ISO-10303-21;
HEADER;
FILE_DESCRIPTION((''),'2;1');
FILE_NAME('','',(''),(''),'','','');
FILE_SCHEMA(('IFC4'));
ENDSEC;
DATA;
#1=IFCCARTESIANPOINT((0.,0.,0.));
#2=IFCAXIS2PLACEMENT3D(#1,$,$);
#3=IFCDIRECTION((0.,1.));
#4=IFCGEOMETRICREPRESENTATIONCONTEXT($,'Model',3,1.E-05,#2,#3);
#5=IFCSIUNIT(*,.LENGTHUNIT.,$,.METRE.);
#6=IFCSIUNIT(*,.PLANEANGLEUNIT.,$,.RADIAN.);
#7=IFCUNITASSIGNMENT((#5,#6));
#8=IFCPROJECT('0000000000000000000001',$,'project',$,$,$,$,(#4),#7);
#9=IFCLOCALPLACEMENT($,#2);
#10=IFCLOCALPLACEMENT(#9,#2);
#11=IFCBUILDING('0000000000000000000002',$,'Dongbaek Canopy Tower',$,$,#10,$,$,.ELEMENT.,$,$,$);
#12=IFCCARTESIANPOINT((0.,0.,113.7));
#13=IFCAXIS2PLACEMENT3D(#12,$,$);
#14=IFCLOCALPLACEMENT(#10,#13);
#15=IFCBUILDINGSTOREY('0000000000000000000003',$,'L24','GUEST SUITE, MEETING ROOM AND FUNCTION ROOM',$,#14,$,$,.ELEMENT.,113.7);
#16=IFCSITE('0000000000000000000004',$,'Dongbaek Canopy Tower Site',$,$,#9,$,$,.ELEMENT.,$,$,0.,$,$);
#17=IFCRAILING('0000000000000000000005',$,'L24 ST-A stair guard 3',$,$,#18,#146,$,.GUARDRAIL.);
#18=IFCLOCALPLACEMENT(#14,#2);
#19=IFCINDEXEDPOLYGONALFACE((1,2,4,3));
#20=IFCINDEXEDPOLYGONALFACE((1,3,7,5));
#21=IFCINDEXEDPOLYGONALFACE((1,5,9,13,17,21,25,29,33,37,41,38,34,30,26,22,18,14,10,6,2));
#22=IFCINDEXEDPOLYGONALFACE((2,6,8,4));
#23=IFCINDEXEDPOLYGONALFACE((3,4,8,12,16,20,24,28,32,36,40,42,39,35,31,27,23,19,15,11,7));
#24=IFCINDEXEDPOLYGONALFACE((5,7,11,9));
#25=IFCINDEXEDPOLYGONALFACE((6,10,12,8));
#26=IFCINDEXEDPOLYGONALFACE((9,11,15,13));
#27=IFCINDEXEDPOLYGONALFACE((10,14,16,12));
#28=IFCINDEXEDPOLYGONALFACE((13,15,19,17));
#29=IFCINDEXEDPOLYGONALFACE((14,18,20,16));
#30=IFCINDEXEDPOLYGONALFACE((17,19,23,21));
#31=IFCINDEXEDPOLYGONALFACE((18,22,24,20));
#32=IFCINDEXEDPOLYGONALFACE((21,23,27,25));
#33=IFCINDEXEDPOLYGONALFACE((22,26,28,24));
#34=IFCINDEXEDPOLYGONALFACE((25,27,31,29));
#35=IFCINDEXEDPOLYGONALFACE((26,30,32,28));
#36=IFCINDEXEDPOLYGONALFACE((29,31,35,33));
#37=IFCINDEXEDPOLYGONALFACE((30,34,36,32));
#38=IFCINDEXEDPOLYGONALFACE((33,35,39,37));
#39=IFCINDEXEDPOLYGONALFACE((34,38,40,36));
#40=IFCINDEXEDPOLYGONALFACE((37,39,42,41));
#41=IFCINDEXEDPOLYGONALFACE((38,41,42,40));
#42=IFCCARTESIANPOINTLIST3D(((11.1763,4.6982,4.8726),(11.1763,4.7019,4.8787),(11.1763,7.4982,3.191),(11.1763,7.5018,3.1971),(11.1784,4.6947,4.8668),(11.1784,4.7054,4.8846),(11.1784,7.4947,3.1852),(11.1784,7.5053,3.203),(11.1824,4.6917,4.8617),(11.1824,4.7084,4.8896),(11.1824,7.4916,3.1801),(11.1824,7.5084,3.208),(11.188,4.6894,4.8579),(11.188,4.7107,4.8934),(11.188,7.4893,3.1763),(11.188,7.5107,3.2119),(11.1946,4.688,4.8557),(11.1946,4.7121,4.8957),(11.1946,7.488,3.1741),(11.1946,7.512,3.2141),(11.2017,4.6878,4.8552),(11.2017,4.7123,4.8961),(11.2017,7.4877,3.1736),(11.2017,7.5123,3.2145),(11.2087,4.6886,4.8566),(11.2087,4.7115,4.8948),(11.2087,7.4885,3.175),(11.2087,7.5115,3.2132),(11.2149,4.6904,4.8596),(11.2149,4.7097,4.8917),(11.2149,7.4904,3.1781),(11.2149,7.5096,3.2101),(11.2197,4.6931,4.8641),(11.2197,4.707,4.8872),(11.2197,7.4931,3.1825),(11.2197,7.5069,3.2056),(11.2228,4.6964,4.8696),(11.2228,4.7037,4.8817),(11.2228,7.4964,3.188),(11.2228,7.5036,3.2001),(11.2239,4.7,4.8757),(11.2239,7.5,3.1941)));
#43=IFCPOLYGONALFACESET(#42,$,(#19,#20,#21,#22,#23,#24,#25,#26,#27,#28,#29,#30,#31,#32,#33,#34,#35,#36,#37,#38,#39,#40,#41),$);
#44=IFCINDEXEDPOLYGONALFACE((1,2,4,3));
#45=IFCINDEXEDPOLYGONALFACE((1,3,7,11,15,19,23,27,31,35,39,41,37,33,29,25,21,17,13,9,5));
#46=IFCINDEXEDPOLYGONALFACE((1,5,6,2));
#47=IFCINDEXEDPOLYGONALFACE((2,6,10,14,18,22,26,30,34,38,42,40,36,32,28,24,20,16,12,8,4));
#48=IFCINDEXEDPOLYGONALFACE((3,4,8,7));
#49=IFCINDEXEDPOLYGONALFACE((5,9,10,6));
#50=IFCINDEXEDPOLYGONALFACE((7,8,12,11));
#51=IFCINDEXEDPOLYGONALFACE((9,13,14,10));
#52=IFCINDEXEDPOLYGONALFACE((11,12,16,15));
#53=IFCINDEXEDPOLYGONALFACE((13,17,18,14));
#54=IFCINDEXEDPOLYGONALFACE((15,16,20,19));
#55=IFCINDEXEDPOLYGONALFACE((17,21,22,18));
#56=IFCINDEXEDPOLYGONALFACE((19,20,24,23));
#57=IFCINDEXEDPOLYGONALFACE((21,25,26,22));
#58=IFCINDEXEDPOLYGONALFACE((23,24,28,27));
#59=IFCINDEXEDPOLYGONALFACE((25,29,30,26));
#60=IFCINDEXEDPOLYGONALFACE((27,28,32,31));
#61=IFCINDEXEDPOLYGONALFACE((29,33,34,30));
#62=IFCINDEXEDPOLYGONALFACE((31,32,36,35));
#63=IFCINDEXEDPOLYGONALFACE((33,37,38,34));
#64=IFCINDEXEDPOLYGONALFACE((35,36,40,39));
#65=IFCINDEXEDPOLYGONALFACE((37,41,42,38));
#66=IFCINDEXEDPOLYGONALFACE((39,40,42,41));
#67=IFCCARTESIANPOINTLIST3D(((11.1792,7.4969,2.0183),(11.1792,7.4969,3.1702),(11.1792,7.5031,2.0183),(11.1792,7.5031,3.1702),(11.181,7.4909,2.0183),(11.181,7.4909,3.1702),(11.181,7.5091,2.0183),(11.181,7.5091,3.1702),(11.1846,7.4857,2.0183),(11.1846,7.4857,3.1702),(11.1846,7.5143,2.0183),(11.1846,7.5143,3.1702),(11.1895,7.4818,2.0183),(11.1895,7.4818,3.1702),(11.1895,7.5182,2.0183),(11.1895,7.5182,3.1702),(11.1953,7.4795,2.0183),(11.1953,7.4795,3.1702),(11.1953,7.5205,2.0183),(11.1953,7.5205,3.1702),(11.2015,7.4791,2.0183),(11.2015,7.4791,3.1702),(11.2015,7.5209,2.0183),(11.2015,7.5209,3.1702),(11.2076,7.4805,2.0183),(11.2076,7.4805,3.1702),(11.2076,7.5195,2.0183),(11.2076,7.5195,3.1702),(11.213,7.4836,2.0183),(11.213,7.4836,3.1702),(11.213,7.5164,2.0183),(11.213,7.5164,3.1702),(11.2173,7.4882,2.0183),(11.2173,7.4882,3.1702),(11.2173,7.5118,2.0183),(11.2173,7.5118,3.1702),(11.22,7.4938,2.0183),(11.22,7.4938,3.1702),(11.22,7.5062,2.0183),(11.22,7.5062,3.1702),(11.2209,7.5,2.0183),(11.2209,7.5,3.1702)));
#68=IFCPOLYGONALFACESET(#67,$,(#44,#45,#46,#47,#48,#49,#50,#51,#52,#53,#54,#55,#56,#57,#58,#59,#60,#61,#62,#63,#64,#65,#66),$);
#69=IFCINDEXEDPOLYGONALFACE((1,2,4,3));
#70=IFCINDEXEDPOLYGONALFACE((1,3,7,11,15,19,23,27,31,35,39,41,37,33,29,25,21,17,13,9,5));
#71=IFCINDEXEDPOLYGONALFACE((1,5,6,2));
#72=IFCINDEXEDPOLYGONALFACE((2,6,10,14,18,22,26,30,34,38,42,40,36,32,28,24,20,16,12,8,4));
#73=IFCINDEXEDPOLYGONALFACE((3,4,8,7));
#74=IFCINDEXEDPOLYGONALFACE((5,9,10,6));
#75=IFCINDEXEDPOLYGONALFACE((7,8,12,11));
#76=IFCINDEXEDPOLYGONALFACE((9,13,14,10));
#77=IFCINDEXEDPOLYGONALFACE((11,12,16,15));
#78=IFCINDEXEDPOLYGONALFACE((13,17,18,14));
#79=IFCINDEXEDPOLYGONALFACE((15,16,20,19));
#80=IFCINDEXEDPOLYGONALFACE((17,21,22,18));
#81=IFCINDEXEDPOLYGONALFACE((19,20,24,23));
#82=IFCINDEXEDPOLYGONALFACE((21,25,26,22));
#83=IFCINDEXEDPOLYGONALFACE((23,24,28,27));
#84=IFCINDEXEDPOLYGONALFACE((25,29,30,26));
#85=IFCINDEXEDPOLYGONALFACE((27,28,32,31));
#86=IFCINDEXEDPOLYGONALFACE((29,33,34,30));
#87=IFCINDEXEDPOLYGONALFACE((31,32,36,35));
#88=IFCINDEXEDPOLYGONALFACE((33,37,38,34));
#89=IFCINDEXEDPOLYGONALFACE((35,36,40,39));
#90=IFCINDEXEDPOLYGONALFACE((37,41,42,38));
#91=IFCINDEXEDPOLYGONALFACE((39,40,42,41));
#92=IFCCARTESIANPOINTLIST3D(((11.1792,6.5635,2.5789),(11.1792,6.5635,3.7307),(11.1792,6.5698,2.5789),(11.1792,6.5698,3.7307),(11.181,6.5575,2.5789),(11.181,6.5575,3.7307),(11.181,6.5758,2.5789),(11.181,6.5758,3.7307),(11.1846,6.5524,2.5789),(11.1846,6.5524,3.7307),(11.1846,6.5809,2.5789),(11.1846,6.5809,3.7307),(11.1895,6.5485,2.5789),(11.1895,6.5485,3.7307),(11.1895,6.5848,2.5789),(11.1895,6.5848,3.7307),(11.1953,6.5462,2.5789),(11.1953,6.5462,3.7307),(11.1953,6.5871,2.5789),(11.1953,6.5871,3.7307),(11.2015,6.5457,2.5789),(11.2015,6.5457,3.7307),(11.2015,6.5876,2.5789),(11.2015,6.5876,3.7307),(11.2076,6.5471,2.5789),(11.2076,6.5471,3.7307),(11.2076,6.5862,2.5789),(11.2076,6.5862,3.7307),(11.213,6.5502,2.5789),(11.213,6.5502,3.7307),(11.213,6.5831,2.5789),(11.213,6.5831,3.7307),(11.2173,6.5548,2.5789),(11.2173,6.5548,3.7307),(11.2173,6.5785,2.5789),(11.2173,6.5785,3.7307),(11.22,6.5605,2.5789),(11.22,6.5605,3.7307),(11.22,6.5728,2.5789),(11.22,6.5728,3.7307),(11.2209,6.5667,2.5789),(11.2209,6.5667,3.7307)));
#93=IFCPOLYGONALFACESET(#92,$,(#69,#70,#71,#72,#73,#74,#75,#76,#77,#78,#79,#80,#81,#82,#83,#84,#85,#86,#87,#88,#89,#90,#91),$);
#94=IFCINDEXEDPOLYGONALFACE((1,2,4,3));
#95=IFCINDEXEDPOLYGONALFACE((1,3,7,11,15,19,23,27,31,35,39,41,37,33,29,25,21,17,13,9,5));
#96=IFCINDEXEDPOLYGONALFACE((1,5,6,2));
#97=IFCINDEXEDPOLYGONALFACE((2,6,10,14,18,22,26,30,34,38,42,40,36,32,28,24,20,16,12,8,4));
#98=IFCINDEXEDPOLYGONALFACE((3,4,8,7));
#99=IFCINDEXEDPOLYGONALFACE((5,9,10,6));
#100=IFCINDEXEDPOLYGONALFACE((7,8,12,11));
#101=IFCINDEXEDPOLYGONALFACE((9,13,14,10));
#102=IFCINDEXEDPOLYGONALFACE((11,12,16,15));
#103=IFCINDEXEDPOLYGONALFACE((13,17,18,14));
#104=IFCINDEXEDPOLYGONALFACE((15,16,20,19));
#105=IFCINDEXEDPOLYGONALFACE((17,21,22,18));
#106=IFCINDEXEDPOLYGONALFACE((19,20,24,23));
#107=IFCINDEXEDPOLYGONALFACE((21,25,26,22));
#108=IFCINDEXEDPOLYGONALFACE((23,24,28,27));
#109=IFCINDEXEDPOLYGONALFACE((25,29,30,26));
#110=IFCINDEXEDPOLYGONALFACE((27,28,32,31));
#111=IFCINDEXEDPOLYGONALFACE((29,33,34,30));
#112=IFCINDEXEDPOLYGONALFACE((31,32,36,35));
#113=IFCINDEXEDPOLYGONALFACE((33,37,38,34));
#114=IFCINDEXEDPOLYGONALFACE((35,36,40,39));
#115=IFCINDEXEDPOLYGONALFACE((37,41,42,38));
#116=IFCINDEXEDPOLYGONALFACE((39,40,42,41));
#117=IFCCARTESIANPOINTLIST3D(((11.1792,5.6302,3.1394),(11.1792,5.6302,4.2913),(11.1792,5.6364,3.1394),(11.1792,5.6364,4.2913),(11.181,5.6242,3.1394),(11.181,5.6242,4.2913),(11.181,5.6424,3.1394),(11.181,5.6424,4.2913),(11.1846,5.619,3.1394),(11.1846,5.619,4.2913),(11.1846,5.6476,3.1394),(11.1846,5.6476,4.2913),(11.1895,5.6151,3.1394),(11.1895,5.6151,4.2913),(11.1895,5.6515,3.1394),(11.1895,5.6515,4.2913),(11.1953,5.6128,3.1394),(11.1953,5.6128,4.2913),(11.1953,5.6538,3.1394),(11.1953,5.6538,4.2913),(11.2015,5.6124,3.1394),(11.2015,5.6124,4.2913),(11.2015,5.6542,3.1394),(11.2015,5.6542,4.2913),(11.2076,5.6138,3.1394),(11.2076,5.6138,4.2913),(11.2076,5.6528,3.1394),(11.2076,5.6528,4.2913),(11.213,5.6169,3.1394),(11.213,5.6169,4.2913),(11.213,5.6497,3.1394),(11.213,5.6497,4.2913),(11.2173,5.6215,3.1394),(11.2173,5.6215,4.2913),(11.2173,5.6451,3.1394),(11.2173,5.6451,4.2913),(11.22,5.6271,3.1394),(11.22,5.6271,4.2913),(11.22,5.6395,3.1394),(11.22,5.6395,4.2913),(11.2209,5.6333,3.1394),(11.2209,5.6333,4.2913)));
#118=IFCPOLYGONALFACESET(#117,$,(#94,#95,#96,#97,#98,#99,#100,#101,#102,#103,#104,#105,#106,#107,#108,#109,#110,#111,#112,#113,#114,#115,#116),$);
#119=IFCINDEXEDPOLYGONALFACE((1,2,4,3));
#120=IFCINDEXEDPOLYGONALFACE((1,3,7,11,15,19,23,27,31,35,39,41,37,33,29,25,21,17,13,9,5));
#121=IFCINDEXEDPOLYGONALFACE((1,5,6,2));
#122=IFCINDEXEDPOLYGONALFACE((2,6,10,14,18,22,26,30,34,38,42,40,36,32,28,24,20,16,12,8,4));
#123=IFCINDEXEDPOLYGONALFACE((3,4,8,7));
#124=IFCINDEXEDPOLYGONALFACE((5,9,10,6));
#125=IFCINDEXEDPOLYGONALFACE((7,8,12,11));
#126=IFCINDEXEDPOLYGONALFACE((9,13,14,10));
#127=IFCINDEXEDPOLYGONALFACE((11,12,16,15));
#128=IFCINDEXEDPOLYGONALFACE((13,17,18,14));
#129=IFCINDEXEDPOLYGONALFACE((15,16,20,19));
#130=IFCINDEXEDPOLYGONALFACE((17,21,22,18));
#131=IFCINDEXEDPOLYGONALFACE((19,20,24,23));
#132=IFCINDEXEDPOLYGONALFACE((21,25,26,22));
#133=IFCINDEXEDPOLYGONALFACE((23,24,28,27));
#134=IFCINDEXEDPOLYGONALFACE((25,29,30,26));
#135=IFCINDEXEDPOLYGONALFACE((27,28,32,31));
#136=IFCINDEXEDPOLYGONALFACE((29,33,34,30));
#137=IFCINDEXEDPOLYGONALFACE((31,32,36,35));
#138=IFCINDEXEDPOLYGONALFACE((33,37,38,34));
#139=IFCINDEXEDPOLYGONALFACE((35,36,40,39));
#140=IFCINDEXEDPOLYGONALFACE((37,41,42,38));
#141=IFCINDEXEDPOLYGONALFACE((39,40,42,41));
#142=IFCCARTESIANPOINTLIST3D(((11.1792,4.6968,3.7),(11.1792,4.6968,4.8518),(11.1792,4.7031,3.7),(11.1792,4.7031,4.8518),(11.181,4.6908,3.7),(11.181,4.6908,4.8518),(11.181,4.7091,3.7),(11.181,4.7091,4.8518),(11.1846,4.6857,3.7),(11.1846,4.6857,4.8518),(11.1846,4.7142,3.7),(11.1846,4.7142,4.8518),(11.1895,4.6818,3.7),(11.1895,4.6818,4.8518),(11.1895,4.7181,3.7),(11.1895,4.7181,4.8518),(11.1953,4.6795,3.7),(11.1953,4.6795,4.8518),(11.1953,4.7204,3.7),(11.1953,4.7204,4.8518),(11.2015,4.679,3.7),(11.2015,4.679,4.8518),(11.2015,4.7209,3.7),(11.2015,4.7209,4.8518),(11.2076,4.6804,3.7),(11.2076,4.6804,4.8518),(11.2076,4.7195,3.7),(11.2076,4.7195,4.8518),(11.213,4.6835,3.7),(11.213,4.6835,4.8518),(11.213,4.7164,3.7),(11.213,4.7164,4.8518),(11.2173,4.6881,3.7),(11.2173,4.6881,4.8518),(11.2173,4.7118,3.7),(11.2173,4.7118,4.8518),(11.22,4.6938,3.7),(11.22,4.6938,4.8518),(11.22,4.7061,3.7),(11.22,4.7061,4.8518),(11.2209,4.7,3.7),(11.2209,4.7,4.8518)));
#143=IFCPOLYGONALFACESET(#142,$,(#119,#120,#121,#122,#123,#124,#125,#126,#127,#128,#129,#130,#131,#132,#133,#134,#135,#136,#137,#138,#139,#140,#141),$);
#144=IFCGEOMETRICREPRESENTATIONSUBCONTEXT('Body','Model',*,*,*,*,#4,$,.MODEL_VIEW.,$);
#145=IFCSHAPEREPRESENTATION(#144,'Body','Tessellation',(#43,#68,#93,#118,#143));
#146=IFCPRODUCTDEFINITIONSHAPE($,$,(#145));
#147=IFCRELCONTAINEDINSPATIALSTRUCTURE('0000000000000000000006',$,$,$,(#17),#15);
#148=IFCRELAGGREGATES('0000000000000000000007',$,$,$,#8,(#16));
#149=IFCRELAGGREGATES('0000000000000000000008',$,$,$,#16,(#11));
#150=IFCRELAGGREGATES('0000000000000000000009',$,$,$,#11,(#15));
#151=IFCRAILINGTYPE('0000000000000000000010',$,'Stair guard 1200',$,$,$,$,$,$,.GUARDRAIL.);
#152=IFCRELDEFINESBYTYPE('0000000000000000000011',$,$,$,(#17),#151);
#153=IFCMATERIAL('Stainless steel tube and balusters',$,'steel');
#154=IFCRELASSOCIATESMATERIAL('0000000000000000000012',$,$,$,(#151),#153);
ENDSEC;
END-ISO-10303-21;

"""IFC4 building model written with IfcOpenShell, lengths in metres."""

from ifc_helpers import new_model, si_unit, direction, frame, origin, origin_2d, place, context, subcontext, project, spatial, circle, extrude, material, type_object, element, save


model = new_model("IFC4")

# Units and contexts
model_context = context("Model", 3, precision=1e-05, world=origin(), true_north=direction((0.0, 1.0)))
body_context = subcontext(model_context, "Body", "Model", "MODEL_VIEW")
ifc_project = project(units=[si_unit("LENGTHUNIT", "METRE"), si_unit("PLANEANGLEUNIT", "RADIAN")], contexts=[model_context])

# Site, building, storey
site_placement = place(None, origin())
site = spatial("IfcSite", under=ifc_project, at=site_placement, Name="Dongbaek Canopy Tower Site", CompositionType="ELEMENT", RefElevation=0.0)
building_placement = place(site_placement, origin())
building = spatial("IfcBuilding", under=site, at=building_placement, Name="Dongbaek Canopy Tower", CompositionType="ELEMENT")
storey_placement = place(building_placement, frame((0.0, 0.0, 113.7)))
storey = spatial("IfcBuildingStorey", under=building, at=storey_placement, Name="L24", Description="GUEST SUITE, MEETING ROOM AND FUNCTION ROOM", CompositionType="ELEMENT", Elevation=113.7)

# Railing
ifc_material_1 = material(Name="Stainless steel tube and balusters", Category="steel")
railing_type_1 = type_object("IfcRailingType", Name="Stair guard 1200", PredefinedType="GUARDRAIL", material=ifc_material_1)
railing_1_placement = place(storey_placement, frame((11.2, 7.5, 2.0183)))
element("IfcRailing", 1, at=railing_1_placement, inside=storey, type_object=railing_type_1, Name="L24 ST-A stair guard 3", PredefinedType="GUARDRAIL", context=body_context, shape_type="SweptSolid", body=[
    extrude(circle(Radius=0.0239, at=origin_2d()), frame((0.0, 0.0, 1.1758), z_axis=(0.0, -0.857275, 0.514858), x_axis=(1.0, 0.0, 0.0)), (0.0, 0.0, 1.0), 3.2661),
    extrude(circle(Radius=0.021, at=origin_2d()), origin(), (0.0, 0.0, 1.0), 1.1519),
    extrude(circle(Radius=0.021, at=origin_2d()), frame((0.0, -0.9333, 0.5605)), (0.0, 0.0, 1.0), 1.1519),
    extrude(circle(Radius=0.021, at=origin_2d()), frame((0.0, -1.8667, 1.1211)), (0.0, 0.0, 1.0), 1.1519),
    extrude(circle(Radius=0.021, at=origin_2d()), frame((0.0, -2.8, 1.6816)), (0.0, 0.0, 1.0), 1.1519),
])

save(model, "model.ifc")
